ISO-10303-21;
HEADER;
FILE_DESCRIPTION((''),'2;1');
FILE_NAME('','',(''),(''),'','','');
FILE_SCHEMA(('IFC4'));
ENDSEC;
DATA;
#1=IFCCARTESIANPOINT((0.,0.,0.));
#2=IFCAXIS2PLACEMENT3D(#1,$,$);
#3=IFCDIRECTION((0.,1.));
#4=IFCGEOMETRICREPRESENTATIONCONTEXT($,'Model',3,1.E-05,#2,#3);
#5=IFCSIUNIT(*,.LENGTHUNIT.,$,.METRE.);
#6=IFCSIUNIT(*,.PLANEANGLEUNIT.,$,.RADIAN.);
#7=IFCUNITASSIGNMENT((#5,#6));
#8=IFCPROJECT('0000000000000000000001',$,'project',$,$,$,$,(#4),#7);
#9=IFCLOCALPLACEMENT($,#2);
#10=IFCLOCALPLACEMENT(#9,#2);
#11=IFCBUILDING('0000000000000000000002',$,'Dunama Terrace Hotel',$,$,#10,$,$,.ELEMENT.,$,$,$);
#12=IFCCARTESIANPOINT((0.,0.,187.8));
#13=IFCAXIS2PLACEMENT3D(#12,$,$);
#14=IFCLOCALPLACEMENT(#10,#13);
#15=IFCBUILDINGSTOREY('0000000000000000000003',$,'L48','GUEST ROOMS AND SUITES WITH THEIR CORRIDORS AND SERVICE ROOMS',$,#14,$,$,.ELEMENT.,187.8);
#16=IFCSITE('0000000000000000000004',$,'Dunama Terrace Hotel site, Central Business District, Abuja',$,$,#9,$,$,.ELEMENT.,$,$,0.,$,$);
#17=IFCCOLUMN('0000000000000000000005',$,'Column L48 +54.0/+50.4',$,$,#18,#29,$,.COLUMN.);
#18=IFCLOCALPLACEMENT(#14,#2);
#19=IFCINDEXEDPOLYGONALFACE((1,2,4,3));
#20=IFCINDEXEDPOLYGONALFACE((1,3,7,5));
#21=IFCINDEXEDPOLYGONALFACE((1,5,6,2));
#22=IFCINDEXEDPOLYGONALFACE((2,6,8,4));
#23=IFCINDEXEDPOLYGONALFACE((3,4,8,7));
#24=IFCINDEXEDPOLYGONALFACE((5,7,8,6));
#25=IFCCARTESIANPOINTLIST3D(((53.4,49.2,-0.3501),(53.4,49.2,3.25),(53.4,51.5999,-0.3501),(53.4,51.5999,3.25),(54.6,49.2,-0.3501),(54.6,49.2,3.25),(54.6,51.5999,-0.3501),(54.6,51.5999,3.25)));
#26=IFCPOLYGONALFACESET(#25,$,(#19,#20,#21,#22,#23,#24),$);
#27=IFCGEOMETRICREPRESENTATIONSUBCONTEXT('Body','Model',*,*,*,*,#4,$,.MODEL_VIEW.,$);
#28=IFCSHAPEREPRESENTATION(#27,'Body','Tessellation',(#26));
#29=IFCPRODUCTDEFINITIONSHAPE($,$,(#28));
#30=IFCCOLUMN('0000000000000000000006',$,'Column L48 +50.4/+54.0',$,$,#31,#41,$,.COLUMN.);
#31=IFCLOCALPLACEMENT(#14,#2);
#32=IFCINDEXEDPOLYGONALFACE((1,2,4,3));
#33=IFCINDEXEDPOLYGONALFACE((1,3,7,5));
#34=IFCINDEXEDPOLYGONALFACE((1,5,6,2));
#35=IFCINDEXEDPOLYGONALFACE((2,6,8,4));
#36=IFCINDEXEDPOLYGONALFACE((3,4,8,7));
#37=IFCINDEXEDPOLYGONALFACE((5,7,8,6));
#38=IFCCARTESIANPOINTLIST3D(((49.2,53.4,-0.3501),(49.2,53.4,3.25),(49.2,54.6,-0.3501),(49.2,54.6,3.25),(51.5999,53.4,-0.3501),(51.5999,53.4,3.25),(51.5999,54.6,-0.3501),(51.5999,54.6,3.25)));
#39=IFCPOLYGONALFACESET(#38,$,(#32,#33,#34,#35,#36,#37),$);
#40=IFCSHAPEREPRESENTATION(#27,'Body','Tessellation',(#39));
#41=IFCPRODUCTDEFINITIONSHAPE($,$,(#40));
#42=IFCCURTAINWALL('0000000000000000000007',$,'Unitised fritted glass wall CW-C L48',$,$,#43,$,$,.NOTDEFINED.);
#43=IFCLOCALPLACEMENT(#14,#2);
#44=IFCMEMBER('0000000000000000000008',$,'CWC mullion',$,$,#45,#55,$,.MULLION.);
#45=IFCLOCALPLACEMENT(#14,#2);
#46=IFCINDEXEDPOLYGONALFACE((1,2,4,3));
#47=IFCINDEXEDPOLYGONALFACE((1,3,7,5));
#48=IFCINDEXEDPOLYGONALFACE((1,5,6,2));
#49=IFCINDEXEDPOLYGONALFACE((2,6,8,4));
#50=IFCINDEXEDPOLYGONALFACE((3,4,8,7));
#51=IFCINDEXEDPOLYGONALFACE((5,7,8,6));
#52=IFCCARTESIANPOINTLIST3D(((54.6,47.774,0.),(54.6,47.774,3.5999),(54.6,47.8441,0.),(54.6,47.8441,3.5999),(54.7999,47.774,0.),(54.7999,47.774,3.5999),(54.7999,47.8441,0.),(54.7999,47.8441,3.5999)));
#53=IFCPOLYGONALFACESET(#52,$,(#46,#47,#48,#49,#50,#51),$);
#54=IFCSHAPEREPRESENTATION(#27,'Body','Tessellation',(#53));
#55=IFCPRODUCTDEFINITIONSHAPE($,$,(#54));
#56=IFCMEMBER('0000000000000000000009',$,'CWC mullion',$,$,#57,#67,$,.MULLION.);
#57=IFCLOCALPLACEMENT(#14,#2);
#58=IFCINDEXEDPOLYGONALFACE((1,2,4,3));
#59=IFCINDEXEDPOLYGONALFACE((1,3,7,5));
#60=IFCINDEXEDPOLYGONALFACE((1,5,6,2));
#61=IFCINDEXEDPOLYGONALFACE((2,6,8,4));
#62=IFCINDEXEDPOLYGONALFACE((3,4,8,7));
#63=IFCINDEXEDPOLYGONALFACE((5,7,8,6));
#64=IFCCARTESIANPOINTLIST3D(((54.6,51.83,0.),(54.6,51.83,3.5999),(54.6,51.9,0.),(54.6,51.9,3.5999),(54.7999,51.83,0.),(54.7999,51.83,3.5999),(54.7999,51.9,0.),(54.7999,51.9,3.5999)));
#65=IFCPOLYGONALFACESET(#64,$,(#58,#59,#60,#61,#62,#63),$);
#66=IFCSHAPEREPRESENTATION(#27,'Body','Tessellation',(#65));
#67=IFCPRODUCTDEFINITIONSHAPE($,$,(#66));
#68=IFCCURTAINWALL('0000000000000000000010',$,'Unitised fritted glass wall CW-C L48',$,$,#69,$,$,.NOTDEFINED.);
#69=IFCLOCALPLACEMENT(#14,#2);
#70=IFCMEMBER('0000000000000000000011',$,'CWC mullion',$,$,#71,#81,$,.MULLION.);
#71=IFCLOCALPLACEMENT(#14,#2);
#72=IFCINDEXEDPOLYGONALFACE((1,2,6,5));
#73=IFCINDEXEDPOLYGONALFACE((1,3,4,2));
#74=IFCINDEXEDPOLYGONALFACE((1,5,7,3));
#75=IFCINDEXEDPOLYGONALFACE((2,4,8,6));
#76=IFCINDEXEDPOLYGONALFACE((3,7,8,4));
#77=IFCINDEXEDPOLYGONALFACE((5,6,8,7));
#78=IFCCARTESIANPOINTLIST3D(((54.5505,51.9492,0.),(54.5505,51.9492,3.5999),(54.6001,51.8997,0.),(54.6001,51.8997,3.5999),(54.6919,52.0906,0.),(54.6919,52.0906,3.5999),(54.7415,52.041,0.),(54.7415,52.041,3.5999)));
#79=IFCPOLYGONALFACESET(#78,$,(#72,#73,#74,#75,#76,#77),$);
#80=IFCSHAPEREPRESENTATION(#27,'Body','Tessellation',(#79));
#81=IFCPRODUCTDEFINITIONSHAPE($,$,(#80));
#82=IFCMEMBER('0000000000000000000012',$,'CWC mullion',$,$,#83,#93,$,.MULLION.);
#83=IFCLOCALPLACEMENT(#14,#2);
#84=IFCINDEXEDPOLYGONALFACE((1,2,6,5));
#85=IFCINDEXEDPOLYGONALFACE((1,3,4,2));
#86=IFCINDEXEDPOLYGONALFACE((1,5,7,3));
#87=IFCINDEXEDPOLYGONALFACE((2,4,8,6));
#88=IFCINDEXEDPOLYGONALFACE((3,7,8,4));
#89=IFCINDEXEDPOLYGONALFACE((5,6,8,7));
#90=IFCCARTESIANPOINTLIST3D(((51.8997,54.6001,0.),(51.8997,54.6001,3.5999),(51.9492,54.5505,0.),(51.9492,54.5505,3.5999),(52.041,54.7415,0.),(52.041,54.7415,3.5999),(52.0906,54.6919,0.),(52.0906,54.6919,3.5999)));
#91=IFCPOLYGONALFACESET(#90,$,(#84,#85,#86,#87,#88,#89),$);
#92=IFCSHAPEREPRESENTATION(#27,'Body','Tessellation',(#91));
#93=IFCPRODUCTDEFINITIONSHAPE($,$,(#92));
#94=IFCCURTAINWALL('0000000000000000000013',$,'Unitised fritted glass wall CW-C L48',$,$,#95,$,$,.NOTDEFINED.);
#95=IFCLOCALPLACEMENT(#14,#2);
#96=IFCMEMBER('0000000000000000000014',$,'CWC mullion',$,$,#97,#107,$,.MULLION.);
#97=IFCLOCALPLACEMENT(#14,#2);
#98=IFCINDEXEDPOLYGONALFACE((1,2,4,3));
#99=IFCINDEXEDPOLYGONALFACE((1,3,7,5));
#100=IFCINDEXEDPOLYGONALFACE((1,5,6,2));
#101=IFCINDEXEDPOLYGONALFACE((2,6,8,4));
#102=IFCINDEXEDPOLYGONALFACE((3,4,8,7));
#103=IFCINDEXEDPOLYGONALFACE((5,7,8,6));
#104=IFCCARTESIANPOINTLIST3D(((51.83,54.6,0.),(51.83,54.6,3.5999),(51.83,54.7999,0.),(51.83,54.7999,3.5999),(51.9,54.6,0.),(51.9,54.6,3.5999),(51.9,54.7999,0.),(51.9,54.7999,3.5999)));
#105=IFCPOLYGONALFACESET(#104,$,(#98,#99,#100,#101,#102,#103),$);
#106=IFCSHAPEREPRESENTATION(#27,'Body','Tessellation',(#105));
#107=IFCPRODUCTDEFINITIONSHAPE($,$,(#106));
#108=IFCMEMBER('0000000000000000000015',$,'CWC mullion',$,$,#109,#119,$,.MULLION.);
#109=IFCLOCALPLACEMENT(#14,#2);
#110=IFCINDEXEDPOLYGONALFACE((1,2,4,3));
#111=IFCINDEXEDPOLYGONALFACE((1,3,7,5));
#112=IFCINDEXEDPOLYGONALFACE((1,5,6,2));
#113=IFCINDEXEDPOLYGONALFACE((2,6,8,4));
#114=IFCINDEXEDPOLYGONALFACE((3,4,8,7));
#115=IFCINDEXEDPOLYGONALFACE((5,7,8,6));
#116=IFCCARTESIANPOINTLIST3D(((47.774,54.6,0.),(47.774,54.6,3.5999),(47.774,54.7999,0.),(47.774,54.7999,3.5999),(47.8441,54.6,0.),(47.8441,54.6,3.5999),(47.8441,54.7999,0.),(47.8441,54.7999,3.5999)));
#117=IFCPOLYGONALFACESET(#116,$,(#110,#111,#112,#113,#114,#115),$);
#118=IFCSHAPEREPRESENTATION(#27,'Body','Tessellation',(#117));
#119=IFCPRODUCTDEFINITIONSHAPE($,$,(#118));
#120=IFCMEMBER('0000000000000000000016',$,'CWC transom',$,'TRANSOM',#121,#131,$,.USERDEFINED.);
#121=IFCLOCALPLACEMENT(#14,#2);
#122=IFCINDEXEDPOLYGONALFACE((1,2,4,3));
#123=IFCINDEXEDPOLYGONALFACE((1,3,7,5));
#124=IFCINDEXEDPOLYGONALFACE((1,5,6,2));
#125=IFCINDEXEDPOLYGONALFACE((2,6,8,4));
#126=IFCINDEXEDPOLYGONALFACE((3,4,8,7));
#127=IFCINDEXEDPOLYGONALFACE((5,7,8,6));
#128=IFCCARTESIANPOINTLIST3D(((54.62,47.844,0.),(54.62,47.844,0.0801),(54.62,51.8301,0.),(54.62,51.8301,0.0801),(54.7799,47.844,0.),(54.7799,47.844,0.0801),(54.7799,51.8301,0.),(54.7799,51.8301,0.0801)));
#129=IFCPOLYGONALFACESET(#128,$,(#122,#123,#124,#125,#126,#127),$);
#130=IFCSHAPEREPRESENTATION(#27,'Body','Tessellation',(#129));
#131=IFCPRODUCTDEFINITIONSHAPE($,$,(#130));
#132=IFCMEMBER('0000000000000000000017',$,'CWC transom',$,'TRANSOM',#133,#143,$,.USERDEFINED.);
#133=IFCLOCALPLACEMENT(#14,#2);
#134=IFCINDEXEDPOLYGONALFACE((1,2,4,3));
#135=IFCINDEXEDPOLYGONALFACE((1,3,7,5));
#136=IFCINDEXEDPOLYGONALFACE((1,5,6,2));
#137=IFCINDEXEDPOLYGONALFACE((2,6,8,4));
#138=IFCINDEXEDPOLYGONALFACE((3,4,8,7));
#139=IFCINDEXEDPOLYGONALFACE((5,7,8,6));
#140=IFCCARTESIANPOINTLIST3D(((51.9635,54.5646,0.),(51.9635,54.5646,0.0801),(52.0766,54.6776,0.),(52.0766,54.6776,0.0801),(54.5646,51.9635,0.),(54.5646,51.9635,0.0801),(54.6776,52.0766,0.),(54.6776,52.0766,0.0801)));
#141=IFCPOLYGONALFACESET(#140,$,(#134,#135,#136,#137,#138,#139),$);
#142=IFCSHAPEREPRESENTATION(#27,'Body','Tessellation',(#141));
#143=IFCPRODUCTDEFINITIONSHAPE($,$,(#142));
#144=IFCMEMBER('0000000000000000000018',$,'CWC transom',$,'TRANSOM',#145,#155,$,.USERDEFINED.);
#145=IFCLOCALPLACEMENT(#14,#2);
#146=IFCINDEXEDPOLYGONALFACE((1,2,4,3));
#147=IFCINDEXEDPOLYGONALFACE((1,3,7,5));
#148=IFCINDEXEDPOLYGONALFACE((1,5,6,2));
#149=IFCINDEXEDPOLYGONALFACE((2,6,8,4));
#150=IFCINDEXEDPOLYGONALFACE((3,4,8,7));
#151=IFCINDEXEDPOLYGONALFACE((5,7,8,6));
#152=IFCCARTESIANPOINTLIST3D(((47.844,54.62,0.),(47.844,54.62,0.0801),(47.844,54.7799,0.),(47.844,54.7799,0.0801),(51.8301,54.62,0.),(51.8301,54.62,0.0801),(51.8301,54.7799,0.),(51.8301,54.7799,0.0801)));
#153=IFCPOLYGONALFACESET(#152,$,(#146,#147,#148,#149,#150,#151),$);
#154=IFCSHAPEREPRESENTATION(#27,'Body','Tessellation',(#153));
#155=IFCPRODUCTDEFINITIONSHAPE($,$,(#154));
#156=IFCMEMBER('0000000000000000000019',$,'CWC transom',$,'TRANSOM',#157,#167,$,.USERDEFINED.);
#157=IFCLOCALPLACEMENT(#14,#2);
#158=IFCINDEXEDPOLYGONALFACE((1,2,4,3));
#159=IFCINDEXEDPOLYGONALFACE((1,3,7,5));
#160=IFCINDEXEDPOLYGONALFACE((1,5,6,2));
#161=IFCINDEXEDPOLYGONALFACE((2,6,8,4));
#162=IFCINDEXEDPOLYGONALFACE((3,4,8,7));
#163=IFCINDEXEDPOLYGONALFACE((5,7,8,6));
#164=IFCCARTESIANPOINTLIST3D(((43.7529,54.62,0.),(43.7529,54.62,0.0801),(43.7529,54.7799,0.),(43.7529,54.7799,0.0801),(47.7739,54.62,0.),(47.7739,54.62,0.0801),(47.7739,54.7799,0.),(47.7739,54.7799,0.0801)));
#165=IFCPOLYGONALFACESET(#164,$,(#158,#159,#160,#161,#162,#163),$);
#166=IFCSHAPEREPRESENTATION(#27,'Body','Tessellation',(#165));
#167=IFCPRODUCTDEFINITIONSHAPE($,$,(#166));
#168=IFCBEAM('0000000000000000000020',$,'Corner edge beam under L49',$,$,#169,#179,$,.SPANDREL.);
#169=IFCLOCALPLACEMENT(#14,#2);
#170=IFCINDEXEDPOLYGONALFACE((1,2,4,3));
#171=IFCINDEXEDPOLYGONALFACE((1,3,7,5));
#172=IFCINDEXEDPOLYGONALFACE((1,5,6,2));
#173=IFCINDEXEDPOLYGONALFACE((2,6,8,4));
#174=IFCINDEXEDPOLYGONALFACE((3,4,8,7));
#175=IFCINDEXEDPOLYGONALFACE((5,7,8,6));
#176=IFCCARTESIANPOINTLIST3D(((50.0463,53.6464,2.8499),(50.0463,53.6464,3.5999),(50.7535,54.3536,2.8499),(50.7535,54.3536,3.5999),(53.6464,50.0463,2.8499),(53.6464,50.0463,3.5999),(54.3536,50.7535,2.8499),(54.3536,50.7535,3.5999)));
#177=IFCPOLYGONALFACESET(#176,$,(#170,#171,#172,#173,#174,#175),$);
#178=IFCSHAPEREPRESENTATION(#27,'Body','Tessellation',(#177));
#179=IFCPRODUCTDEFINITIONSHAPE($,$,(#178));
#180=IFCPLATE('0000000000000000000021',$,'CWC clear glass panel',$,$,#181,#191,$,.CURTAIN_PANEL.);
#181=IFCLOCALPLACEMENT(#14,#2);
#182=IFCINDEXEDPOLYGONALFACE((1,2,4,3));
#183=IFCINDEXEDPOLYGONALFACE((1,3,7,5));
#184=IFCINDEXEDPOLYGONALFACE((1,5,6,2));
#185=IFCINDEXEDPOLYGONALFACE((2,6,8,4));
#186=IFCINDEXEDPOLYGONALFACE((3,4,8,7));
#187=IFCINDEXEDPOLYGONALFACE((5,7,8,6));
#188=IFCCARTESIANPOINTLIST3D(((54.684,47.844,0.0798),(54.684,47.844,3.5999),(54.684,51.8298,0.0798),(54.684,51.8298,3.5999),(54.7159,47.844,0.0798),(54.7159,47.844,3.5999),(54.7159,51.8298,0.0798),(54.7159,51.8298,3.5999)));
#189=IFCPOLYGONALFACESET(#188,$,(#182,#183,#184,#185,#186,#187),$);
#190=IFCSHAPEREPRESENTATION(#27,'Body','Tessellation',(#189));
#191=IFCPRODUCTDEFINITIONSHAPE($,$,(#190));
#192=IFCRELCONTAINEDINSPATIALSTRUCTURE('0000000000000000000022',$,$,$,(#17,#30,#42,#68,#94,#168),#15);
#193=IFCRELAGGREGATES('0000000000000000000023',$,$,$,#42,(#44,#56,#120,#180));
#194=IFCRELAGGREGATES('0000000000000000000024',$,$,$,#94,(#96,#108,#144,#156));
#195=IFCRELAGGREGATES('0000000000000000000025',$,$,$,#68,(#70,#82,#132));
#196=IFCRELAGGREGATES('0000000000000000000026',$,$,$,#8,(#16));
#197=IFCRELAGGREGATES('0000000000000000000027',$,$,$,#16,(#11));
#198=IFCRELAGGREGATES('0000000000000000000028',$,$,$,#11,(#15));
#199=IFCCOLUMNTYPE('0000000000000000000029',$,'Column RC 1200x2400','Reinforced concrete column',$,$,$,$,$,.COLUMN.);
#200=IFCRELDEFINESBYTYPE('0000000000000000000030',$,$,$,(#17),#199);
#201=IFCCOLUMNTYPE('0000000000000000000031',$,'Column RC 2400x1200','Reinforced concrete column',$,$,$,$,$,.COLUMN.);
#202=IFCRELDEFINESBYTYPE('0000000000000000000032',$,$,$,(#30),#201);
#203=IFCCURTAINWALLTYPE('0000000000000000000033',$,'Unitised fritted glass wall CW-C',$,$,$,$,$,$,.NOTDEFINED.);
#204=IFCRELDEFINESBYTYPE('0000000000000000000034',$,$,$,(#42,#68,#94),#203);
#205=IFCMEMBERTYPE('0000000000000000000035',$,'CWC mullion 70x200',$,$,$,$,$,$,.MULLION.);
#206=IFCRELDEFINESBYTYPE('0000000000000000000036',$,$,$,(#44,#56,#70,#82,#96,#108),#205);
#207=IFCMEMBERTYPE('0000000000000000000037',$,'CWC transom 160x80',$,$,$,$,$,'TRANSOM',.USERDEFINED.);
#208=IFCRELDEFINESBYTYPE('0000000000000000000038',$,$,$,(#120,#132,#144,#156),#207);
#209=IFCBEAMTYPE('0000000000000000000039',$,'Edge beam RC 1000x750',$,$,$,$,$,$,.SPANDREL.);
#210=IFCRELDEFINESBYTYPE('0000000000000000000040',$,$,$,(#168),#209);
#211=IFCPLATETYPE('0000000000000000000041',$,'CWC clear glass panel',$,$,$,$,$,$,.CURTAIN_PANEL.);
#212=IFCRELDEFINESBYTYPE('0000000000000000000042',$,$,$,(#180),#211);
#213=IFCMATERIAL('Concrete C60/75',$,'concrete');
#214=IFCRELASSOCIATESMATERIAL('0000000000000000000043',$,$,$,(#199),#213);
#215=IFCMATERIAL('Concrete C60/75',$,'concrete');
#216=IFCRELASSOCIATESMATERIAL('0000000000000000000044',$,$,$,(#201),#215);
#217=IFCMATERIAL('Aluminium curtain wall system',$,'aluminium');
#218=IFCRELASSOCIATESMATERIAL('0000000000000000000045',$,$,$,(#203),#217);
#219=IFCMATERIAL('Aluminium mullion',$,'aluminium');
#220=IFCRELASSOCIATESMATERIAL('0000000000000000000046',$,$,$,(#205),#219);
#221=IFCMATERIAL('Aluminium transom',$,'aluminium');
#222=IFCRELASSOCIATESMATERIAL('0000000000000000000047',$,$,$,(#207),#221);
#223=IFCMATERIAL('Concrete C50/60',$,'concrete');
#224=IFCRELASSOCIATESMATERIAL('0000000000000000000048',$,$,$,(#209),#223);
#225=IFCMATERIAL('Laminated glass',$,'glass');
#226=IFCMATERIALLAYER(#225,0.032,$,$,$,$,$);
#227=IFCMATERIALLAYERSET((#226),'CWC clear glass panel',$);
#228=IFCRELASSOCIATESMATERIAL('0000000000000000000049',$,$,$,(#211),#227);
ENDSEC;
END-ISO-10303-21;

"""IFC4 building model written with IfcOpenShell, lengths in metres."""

from ifc_helpers import new_model, si_unit, direction, frame, origin, origin_2d, place, context, subcontext, project, spatial, rectangle, extrude, material, layer, layer_set, material_profile, profile_set, type_object, element, aggregate, save


model = new_model("IFC4")

# Units and contexts
model_context = context("Model", 3, precision=1e-05, world=origin(), true_north=direction((0.0, 1.0)))
body_context = subcontext(model_context, "Body", "Model", "MODEL_VIEW")
ifc_project = project(units=[si_unit("LENGTHUNIT", "METRE"), si_unit("PLANEANGLEUNIT", "RADIAN")], contexts=[model_context])

# Site, building, storey
site_placement = place(None, origin())
site = spatial("IfcSite", under=ifc_project, at=site_placement, Name="Dunama Terrace Hotel site, Central Business District, Abuja", CompositionType="ELEMENT", RefElevation=0.0)
building_placement = place(site_placement, origin())
building = spatial("IfcBuilding", under=site, at=building_placement, Name="Dunama Terrace Hotel", CompositionType="ELEMENT")
storey_placement = place(building_placement, frame((0.0, 0.0, 187.8)))
storey = spatial("IfcBuildingStorey", under=building, at=storey_placement, Name="L48", Description="GUEST ROOMS AND SUITES WITH THEIR CORRIDORS AND SERVICE ROOMS", CompositionType="ELEMENT", Elevation=187.8)

# Columns
ifc_material_1 = material(Name="Concrete C60/75", Category="concrete")
ifc_material_profile_1 = material_profile(ifc_material_1, rectangle(XDim=1.2, YDim=2.3999, at=origin_2d()), Name="RC 1200x2400")
ifc_profile_set_1 = profile_set([ifc_material_profile_1], Name="Concrete C60/75")
column_type_1 = type_object("IfcColumnType", Name="Column RC 1200x2400", Description="Reinforced concrete column", PredefinedType="COLUMN", material=ifc_profile_set_1)
column_1_placement = place(storey_placement, frame((54.0, 50.3999, -0.3501), z_axis=(0.0, 0.0, 1.0), x_axis=(1.0, 0.0, 0.0)))
element("IfcColumn", 1, at=column_1_placement, inside=storey, type_object=column_type_1, Name="Column L48 +54.0/+50.4", PredefinedType="COLUMN", context=body_context, shape_type="SweptSolid", body=[
    extrude(rectangle(XDim=1.2, YDim=2.3999, at=origin_2d()), origin(), (0.0, 0.0, 1.0), 3.6001),
])
ifc_material_2 = material(Name="Concrete C60/75", Category="concrete")
ifc_material_profile_2 = material_profile(ifc_material_2, rectangle(XDim=2.3999, YDim=1.2, at=origin_2d()), Name="RC 2400x1200")
ifc_profile_set_2 = profile_set([ifc_material_profile_2], Name="Concrete C60/75")
column_type_2 = type_object("IfcColumnType", Name="Column RC 2400x1200", Description="Reinforced concrete column", PredefinedType="COLUMN", material=ifc_profile_set_2)
column_2_placement = place(storey_placement, frame((50.3999, 54.0, -0.3501), z_axis=(0.0, 0.0, 1.0), x_axis=(1.0, 0.0, 0.0)))
element("IfcColumn", 2, at=column_2_placement, inside=storey, type_object=column_type_2, Name="Column L48 +50.4/+54.0", PredefinedType="COLUMN", context=body_context, shape_type="SweptSolid", body=[
    extrude(rectangle(XDim=2.3999, YDim=1.2, at=origin_2d()), origin(), (0.0, 0.0, 1.0), 3.6001),
])

# Curtain walls, members
ifc_material_3 = material(Name="Aluminium curtain wall system", Category="aluminium")
curtain_wall_type = type_object("IfcCurtainWallType", Name="Unitised fritted glass wall CW-C", PredefinedType="NOTDEFINED", material=ifc_material_3)
curtain_wall_1_placement = place(storey_placement, origin())
curtain_wall_1 = element("IfcCurtainWall", 3, at=curtain_wall_1_placement, inside=storey, type_object=curtain_wall_type, Name="Unitised fritted glass wall CW-C L48", PredefinedType="NOTDEFINED")
ifc_material_4 = material(Name="Aluminium mullion", Category="aluminium")
ifc_material_profile_3 = material_profile(ifc_material_4, rectangle(XDim=0.0701, YDim=0.2, at=origin_2d()), Name="CWC MULLION 70X200")
ifc_profile_set_3 = profile_set([ifc_material_profile_3], Name="Aluminium mullion")
member_type_1 = type_object("IfcMemberType", Name="CWC mullion 70x200", PredefinedType="MULLION", material=ifc_profile_set_3)
member_1_placement = place(storey_placement, frame((54.7, 47.8091, 0.0), z_axis=(0.0, 0.0, 1.0), x_axis=(0.0, 1.0, 0.0)))
member_1 = element("IfcMember", 4, at=member_1_placement, type_object=member_type_1, Name="CWC mullion", PredefinedType="MULLION", context=body_context, shape_type="SweptSolid", body=[
    extrude(rectangle(XDim=0.0701, YDim=0.2, at=origin_2d()), origin(), (0.0, 0.0, 1.0), 3.5999),
])
member_2_placement = place(storey_placement, frame((54.7, 51.865, 0.0), z_axis=(0.0, 0.0, 1.0), x_axis=(0.0, 1.0, 0.0)))
member_2 = element("IfcMember", 5, at=member_2_placement, type_object=member_type_1, Name="CWC mullion", PredefinedType="MULLION", context=body_context, shape_type="SweptSolid", body=[
    extrude(rectangle(XDim=0.0701, YDim=0.2, at=origin_2d()), origin(), (0.0, 0.0, 1.0), 3.5999),
])
curtain_wall_2_placement = place(storey_placement, origin())
curtain_wall_2 = element("IfcCurtainWall", 6, at=curtain_wall_2_placement, inside=storey, type_object=curtain_wall_type, Name="Unitised fritted glass wall CW-C L48", PredefinedType="NOTDEFINED")
member_3_placement = place(storey_placement, frame((54.646, 51.9951, 0.0), z_axis=(0.0, 0.0, 1.0), x_axis=(-0.707107, 0.707107, 0.0)))
member_3 = element("IfcMember", 7, at=member_3_placement, type_object=member_type_1, Name="CWC mullion", PredefinedType="MULLION", context=body_context, shape_type="SweptSolid", body=[
    extrude(rectangle(XDim=0.0701, YDim=0.2, at=origin_2d()), origin(), (0.0, 0.0, 1.0), 3.5999),
])
member_4_placement = place(storey_placement, frame((51.9951, 54.646, 0.0), z_axis=(0.0, 0.0, 1.0), x_axis=(-0.707107, 0.707107, 0.0)))
member_4 = element("IfcMember", 8, at=member_4_placement, type_object=member_type_1, Name="CWC mullion", PredefinedType="MULLION", context=body_context, shape_type="SweptSolid", body=[
    extrude(rectangle(XDim=0.0701, YDim=0.2, at=origin_2d()), origin(), (0.0, 0.0, 1.0), 3.5999),
])
curtain_wall_3_placement = place(storey_placement, origin())
curtain_wall_3 = element("IfcCurtainWall", 9, at=curtain_wall_3_placement, inside=storey, type_object=curtain_wall_type, Name="Unitised fritted glass wall CW-C L48", PredefinedType="NOTDEFINED")
member_5_placement = place(storey_placement, frame((51.865, 54.7, 0.0), z_axis=(0.0, 0.0, 1.0), x_axis=(-1.0, 0.0, 0.0)))
member_5 = element("IfcMember", 10, at=member_5_placement, type_object=member_type_1, Name="CWC mullion", PredefinedType="MULLION", context=body_context, shape_type="SweptSolid", body=[
    extrude(rectangle(XDim=0.0701, YDim=0.2, at=origin_2d()), origin(), (0.0, 0.0, 1.0), 3.5999),
])
member_6_placement = place(storey_placement, frame((47.8091, 54.7, 0.0), z_axis=(0.0, 0.0, 1.0), x_axis=(-1.0, 0.0, 0.0)))
member_6 = element("IfcMember", 11, at=member_6_placement, type_object=member_type_1, Name="CWC mullion", PredefinedType="MULLION", context=body_context, shape_type="SweptSolid", body=[
    extrude(rectangle(XDim=0.0701, YDim=0.2, at=origin_2d()), origin(), (0.0, 0.0, 1.0), 3.5999),
])

# Members
ifc_material_5 = material(Name="Aluminium transom", Category="aluminium")
ifc_material_profile_4 = material_profile(ifc_material_5, rectangle(XDim=0.1599, YDim=0.0801, at=origin_2d()), Name="CWC TRANSOM 160X80")
ifc_profile_set_4 = profile_set([ifc_material_profile_4], Name="Aluminium transom")
member_type_2 = type_object("IfcMemberType", Name="CWC transom 160x80", ElementType="TRANSOM", PredefinedType="USERDEFINED", material=ifc_profile_set_4)
member_7_placement = place(storey_placement, frame((54.7, 47.844, 0.04), z_axis=(0.0, 1.0, 0.0), x_axis=(-1.0, 0.0, 0.0)))
member_7 = element("IfcMember", 12, at=member_7_placement, type_object=member_type_2, Name="CWC transom", ObjectType="TRANSOM", PredefinedType="USERDEFINED", context=body_context, shape_type="SweptSolid", body=[
    extrude(rectangle(XDim=0.1599, YDim=0.0801, at=origin_2d()), origin(), (0.0, 0.0, 1.0), 3.9861),
])
member_8_placement = place(storey_placement, frame((54.6211, 52.02, 0.04), z_axis=(-0.707107, 0.707107, 0.0), x_axis=(-0.707107, -0.707107, 0.0)))
member_8 = element("IfcMember", 13, at=member_8_placement, type_object=member_type_2, Name="CWC transom", ObjectType="TRANSOM", PredefinedType="USERDEFINED", context=body_context, shape_type="SweptSolid", body=[
    extrude(rectangle(XDim=0.1599, YDim=0.0801, at=origin_2d()), origin(), (0.0, 0.0, 1.0), 3.6785),
])
member_9_placement = place(storey_placement, frame((51.8301, 54.7, 0.04), z_axis=(-1.0, 0.0, 0.0), x_axis=(0.0, -1.0, 0.0)))
member_9 = element("IfcMember", 14, at=member_9_placement, type_object=member_type_2, Name="CWC transom", ObjectType="TRANSOM", PredefinedType="USERDEFINED", context=body_context, shape_type="SweptSolid", body=[
    extrude(rectangle(XDim=0.1599, YDim=0.0801, at=origin_2d()), origin(), (0.0, 0.0, 1.0), 3.9861),
])
member_10_placement = place(storey_placement, frame((47.7739, 54.7, 0.04), z_axis=(-1.0, 0.0, 0.0), x_axis=(0.0, -1.0, 0.0)))
member_10 = element("IfcMember", 15, at=member_10_placement, type_object=member_type_2, Name="CWC transom", ObjectType="TRANSOM", PredefinedType="USERDEFINED", context=body_context, shape_type="SweptSolid", body=[
    extrude(rectangle(XDim=0.1599, YDim=0.0801, at=origin_2d()), origin(), (0.0, 0.0, 1.0), 4.021),
])

# Beam
ifc_material_6 = material(Name="Concrete C50/60", Category="concrete")
ifc_material_profile_5 = material_profile(ifc_material_6, rectangle(XDim=1.0, YDim=0.75, at=origin_2d()), Name="RC 1000x750")
ifc_profile_set_5 = profile_set([ifc_material_profile_5], Name="Concrete C50/60")
beam_type = type_object("IfcBeamType", Name="Edge beam RC 1000x750", PredefinedType="SPANDREL", material=ifc_profile_set_5)
beam_placement = place(storey_placement, frame((50.3999, 54.0, 3.2249), z_axis=(0.707107, -0.707107, 0.0), x_axis=(0.707107, 0.707107, 0.0)))
element("IfcBeam", 16, at=beam_placement, inside=storey, type_object=beam_type, Name="Corner edge beam under L49", PredefinedType="SPANDREL", context=body_context, shape_type="SweptSolid", body=[
    extrude(rectangle(XDim=1.0, YDim=0.75, at=origin_2d()), origin(), (0.0, 0.0, 1.0), 5.0913),
])

# Plate
ifc_material_7 = material(Name="Laminated glass", Category="glass")
ifc_layer_1 = layer(ifc_material_7, 0.032)
ifc_layer_set_1 = layer_set([ifc_layer_1], Name="CWC clear glass panel")
plate_type_1 = type_object("IfcPlateType", Name="CWC clear glass panel", PredefinedType="CURTAIN_PANEL", material=ifc_layer_set_1)
plate_1_placement = place(storey_placement, frame((54.7, 49.8369, 0.0798), z_axis=(0.0, 0.0, 1.0), x_axis=(0.0, 1.0, 0.0)))
plate_1 = element("IfcPlate", 17, at=plate_1_placement, type_object=plate_type_1, Name="CWC clear glass panel", PredefinedType="CURTAIN_PANEL", context=body_context, shape_type="SweptSolid", body=[
    extrude(rectangle(XDim=3.9858, YDim=0.032, at=origin_2d()), origin(), (0.0, 0.0, 1.0), 3.52),
])
aggregate(curtain_wall_1, [member_1, member_2, member_7, plate_1])
aggregate(curtain_wall_3, [member_5, member_6, member_9, member_10])
aggregate(curtain_wall_2, [member_3, member_4, member_8])

save(model, "model.ifc")
